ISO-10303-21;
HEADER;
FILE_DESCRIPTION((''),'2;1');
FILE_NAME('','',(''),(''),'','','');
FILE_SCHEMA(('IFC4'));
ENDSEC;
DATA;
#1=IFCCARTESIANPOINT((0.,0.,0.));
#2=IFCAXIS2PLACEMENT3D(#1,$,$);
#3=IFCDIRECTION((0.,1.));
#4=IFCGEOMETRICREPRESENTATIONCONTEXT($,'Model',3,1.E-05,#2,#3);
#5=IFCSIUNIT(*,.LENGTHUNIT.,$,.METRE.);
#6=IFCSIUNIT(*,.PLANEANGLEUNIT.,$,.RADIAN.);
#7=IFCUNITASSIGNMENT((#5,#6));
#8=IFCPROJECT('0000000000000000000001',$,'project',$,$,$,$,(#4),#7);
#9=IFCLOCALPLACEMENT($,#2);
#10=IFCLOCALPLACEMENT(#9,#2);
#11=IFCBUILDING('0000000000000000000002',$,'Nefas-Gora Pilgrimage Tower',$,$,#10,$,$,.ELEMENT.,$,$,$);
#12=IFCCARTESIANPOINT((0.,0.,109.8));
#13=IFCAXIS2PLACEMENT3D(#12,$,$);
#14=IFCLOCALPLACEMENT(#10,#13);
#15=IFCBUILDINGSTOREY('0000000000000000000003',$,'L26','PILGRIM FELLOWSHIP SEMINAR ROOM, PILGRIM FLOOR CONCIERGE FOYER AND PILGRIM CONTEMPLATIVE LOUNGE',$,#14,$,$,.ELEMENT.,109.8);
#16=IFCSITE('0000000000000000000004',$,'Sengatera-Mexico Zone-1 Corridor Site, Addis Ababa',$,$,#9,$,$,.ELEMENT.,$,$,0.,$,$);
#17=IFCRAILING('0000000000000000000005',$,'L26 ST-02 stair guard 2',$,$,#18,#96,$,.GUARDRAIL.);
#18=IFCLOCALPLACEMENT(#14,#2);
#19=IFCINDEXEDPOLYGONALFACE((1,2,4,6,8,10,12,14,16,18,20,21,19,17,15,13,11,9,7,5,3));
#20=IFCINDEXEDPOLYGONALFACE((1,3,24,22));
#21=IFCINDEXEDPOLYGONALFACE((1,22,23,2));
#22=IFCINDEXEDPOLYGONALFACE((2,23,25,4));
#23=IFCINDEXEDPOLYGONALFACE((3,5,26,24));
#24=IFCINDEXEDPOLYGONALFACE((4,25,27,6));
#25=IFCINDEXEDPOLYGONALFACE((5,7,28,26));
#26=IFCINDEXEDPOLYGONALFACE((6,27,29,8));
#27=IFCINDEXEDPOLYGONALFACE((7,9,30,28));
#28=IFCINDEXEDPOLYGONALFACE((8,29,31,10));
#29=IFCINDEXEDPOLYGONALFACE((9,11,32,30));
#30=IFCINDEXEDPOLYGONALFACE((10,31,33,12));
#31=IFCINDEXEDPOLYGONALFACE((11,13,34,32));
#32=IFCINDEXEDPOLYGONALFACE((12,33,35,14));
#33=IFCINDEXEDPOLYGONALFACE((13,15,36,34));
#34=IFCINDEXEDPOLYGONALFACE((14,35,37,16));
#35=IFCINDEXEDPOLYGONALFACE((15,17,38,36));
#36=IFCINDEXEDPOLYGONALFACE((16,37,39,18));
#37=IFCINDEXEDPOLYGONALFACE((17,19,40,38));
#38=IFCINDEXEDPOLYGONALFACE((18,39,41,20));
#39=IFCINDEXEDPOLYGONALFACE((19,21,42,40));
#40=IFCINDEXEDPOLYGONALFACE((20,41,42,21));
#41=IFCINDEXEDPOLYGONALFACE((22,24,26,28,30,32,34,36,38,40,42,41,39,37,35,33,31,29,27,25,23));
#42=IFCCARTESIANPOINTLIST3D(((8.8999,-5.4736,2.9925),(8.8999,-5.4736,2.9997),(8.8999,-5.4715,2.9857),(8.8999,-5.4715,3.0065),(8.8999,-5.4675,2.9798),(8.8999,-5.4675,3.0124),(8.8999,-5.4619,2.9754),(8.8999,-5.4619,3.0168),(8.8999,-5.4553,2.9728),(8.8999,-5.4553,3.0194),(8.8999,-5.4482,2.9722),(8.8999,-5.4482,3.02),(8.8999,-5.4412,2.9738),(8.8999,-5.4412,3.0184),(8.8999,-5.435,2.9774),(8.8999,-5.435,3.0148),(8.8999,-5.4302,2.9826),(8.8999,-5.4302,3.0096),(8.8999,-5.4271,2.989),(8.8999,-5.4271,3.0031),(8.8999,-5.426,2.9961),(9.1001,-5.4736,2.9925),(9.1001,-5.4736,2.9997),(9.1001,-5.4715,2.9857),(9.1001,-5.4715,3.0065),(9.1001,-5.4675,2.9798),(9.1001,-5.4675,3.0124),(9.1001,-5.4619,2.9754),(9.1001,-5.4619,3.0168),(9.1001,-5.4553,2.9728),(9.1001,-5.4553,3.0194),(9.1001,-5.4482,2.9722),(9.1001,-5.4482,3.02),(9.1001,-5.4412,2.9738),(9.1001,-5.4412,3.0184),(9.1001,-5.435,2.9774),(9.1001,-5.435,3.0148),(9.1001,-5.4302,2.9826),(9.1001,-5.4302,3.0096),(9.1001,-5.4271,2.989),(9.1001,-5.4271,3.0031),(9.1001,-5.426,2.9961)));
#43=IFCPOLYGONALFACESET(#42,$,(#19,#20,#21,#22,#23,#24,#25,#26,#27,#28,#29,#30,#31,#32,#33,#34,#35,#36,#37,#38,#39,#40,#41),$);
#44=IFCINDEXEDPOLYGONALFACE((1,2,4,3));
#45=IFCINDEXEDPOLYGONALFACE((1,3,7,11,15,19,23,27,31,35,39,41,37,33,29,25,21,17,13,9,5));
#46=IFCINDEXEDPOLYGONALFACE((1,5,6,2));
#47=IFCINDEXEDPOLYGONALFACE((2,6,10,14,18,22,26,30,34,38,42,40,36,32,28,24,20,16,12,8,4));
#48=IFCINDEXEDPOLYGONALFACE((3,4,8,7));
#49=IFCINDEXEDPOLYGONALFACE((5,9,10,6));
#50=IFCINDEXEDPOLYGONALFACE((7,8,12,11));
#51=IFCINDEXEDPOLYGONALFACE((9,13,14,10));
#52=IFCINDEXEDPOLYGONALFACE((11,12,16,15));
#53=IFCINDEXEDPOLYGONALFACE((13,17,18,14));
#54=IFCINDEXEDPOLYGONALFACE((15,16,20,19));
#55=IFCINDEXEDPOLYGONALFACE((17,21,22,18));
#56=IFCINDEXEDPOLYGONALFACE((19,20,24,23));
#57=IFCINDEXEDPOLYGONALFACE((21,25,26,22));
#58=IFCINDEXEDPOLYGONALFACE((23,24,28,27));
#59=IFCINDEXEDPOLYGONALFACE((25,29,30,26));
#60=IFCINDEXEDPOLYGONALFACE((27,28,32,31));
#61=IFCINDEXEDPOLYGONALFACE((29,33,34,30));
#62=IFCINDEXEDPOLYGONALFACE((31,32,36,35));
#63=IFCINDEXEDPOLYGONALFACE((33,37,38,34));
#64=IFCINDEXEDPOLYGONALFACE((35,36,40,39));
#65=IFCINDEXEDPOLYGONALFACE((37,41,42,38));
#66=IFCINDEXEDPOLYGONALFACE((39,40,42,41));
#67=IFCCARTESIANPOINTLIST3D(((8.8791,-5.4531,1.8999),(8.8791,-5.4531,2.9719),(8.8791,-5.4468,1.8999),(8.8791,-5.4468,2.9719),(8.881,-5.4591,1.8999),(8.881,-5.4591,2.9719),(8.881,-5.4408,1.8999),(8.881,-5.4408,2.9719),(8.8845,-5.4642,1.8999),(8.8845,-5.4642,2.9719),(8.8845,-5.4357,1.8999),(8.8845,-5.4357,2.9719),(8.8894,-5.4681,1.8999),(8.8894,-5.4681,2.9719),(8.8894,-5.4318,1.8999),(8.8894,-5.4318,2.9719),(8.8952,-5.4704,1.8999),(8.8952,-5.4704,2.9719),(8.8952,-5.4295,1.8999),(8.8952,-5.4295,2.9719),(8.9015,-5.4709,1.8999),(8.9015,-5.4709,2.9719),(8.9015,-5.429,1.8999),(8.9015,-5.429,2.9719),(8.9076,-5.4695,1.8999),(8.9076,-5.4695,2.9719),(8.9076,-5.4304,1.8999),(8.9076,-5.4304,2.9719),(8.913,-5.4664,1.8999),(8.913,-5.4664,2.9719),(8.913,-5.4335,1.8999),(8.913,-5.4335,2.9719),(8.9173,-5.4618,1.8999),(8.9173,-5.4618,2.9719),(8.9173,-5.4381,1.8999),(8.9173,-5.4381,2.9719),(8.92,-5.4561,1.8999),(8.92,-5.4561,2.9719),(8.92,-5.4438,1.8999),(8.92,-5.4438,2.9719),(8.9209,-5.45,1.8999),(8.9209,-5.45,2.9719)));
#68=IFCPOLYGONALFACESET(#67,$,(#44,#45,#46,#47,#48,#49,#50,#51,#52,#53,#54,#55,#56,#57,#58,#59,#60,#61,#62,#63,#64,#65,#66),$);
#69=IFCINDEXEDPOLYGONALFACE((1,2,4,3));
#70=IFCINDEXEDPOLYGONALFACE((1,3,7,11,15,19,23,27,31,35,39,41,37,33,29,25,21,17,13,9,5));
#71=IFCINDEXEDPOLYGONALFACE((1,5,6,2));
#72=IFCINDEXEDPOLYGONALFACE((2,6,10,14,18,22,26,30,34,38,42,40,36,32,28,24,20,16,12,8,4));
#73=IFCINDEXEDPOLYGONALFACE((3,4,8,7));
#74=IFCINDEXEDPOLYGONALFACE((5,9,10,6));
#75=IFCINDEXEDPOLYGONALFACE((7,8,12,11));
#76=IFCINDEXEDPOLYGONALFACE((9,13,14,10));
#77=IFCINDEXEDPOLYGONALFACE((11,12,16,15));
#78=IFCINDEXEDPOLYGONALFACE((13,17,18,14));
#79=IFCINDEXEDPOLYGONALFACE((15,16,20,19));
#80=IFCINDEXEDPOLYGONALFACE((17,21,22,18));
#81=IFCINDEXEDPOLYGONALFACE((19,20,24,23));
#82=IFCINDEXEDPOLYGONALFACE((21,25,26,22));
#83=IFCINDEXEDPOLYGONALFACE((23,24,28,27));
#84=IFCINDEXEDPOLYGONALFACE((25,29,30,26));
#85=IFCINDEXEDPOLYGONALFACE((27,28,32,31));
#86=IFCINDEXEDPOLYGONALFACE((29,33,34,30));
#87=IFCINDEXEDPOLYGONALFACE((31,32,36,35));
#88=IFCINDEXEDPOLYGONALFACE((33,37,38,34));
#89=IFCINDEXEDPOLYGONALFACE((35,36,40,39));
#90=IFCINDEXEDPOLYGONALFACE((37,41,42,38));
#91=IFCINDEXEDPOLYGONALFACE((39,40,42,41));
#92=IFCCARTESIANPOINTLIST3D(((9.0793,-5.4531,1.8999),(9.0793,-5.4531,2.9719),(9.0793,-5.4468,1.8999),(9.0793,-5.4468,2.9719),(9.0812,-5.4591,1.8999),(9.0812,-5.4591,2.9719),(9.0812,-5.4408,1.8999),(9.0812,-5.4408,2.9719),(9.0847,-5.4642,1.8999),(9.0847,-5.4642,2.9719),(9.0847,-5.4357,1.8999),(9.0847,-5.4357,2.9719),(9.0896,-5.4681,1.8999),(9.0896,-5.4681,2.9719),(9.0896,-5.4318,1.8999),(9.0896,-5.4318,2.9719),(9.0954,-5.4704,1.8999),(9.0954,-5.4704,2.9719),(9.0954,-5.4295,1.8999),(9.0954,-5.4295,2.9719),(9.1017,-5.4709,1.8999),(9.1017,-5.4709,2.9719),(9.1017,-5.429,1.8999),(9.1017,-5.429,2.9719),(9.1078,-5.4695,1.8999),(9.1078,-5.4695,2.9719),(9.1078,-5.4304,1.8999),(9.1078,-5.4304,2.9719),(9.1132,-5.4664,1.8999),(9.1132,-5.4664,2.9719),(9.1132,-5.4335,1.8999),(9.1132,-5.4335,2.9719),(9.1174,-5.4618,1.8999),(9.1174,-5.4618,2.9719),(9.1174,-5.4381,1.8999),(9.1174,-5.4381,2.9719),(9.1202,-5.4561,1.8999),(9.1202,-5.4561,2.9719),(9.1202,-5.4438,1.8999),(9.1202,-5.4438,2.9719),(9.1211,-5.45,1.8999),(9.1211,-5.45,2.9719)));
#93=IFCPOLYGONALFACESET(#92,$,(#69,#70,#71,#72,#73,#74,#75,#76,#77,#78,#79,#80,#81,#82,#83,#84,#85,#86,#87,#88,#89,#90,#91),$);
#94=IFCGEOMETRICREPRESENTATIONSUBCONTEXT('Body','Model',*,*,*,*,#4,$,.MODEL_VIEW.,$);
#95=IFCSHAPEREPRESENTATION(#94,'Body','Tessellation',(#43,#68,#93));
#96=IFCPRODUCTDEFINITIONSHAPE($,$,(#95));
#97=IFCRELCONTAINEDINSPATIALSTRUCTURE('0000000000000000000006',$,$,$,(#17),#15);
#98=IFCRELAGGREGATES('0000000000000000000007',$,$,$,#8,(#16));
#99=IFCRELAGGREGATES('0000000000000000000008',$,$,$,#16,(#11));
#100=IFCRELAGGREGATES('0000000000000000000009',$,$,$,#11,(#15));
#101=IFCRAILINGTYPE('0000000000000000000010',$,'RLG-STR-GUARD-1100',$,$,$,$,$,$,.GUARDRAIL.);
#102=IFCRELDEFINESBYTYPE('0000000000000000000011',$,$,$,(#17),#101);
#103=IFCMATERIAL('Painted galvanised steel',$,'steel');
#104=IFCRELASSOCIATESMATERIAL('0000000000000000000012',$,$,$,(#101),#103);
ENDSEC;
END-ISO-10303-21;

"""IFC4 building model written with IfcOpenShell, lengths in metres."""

from ifc_helpers import new_model, si_unit, direction, frame, origin, origin_2d, place, context, subcontext, project, spatial, circle, extrude, material, type_object, element, save


model = new_model("IFC4")

# Units and contexts
model_context = context("Model", 3, precision=1e-05, world=origin(), true_north=direction((0.0, 1.0)))
body_context = subcontext(model_context, "Body", "Model", "MODEL_VIEW")
ifc_project = project(units=[si_unit("LENGTHUNIT", "METRE"), si_unit("PLANEANGLEUNIT", "RADIAN")], contexts=[model_context])

# Site, building, storey
site_placement = place(None, origin())
site = spatial("IfcSite", under=ifc_project, at=site_placement, Name="Sengatera-Mexico Zone-1 Corridor Site, Addis Ababa", CompositionType="ELEMENT", RefElevation=0.0)
building_placement = place(site_placement, origin())
building = spatial("IfcBuilding", under=site, at=building_placement, Name="Nefas-Gora Pilgrimage Tower", CompositionType="ELEMENT")
storey_placement = place(building_placement, frame((0.0, 0.0, 109.8)))
storey = spatial("IfcBuildingStorey", under=building, at=storey_placement, Name="L26", Description="PILGRIM FELLOWSHIP SEMINAR ROOM, PILGRIM FLOOR CONCIERGE FOYER AND PILGRIM CONTEMPLATIVE LOUNGE", CompositionType="ELEMENT", Elevation=109.8)

# Railing
ifc_material_1 = material(Name="Painted galvanised steel", Category="steel")
railing_type_1 = type_object("IfcRailingType", Name="RLG-STR-GUARD-1100", PredefinedType="GUARDRAIL", material=ifc_material_1)
railing_1_placement = place(storey_placement, frame((8.8999, -5.45, 1.8999)))
element("IfcRailing", 1, at=railing_1_placement, inside=storey, type_object=railing_type_1, Name="L26 ST-02 stair guard 2", PredefinedType="GUARDRAIL", context=body_context, shape_type="SweptSolid", body=[
    extrude(circle(Radius=0.0239, at=origin_2d()), frame((0.0, 0.0, 1.0962), z_axis=(1.0, 0.0, 0.0), x_axis=(0.0, 1.0, 0.0)), (0.0, 0.0, 1.0), 0.2002),
    extrude(circle(Radius=0.021, at=origin_2d()), origin(), (0.0, 0.0, 1.0), 1.072),
    extrude(circle(Radius=0.021, at=origin_2d()), frame((0.2002, 0.0, 0.0)), (0.0, 0.0, 1.0), 1.072),
])

save(model, "model.ifc")
